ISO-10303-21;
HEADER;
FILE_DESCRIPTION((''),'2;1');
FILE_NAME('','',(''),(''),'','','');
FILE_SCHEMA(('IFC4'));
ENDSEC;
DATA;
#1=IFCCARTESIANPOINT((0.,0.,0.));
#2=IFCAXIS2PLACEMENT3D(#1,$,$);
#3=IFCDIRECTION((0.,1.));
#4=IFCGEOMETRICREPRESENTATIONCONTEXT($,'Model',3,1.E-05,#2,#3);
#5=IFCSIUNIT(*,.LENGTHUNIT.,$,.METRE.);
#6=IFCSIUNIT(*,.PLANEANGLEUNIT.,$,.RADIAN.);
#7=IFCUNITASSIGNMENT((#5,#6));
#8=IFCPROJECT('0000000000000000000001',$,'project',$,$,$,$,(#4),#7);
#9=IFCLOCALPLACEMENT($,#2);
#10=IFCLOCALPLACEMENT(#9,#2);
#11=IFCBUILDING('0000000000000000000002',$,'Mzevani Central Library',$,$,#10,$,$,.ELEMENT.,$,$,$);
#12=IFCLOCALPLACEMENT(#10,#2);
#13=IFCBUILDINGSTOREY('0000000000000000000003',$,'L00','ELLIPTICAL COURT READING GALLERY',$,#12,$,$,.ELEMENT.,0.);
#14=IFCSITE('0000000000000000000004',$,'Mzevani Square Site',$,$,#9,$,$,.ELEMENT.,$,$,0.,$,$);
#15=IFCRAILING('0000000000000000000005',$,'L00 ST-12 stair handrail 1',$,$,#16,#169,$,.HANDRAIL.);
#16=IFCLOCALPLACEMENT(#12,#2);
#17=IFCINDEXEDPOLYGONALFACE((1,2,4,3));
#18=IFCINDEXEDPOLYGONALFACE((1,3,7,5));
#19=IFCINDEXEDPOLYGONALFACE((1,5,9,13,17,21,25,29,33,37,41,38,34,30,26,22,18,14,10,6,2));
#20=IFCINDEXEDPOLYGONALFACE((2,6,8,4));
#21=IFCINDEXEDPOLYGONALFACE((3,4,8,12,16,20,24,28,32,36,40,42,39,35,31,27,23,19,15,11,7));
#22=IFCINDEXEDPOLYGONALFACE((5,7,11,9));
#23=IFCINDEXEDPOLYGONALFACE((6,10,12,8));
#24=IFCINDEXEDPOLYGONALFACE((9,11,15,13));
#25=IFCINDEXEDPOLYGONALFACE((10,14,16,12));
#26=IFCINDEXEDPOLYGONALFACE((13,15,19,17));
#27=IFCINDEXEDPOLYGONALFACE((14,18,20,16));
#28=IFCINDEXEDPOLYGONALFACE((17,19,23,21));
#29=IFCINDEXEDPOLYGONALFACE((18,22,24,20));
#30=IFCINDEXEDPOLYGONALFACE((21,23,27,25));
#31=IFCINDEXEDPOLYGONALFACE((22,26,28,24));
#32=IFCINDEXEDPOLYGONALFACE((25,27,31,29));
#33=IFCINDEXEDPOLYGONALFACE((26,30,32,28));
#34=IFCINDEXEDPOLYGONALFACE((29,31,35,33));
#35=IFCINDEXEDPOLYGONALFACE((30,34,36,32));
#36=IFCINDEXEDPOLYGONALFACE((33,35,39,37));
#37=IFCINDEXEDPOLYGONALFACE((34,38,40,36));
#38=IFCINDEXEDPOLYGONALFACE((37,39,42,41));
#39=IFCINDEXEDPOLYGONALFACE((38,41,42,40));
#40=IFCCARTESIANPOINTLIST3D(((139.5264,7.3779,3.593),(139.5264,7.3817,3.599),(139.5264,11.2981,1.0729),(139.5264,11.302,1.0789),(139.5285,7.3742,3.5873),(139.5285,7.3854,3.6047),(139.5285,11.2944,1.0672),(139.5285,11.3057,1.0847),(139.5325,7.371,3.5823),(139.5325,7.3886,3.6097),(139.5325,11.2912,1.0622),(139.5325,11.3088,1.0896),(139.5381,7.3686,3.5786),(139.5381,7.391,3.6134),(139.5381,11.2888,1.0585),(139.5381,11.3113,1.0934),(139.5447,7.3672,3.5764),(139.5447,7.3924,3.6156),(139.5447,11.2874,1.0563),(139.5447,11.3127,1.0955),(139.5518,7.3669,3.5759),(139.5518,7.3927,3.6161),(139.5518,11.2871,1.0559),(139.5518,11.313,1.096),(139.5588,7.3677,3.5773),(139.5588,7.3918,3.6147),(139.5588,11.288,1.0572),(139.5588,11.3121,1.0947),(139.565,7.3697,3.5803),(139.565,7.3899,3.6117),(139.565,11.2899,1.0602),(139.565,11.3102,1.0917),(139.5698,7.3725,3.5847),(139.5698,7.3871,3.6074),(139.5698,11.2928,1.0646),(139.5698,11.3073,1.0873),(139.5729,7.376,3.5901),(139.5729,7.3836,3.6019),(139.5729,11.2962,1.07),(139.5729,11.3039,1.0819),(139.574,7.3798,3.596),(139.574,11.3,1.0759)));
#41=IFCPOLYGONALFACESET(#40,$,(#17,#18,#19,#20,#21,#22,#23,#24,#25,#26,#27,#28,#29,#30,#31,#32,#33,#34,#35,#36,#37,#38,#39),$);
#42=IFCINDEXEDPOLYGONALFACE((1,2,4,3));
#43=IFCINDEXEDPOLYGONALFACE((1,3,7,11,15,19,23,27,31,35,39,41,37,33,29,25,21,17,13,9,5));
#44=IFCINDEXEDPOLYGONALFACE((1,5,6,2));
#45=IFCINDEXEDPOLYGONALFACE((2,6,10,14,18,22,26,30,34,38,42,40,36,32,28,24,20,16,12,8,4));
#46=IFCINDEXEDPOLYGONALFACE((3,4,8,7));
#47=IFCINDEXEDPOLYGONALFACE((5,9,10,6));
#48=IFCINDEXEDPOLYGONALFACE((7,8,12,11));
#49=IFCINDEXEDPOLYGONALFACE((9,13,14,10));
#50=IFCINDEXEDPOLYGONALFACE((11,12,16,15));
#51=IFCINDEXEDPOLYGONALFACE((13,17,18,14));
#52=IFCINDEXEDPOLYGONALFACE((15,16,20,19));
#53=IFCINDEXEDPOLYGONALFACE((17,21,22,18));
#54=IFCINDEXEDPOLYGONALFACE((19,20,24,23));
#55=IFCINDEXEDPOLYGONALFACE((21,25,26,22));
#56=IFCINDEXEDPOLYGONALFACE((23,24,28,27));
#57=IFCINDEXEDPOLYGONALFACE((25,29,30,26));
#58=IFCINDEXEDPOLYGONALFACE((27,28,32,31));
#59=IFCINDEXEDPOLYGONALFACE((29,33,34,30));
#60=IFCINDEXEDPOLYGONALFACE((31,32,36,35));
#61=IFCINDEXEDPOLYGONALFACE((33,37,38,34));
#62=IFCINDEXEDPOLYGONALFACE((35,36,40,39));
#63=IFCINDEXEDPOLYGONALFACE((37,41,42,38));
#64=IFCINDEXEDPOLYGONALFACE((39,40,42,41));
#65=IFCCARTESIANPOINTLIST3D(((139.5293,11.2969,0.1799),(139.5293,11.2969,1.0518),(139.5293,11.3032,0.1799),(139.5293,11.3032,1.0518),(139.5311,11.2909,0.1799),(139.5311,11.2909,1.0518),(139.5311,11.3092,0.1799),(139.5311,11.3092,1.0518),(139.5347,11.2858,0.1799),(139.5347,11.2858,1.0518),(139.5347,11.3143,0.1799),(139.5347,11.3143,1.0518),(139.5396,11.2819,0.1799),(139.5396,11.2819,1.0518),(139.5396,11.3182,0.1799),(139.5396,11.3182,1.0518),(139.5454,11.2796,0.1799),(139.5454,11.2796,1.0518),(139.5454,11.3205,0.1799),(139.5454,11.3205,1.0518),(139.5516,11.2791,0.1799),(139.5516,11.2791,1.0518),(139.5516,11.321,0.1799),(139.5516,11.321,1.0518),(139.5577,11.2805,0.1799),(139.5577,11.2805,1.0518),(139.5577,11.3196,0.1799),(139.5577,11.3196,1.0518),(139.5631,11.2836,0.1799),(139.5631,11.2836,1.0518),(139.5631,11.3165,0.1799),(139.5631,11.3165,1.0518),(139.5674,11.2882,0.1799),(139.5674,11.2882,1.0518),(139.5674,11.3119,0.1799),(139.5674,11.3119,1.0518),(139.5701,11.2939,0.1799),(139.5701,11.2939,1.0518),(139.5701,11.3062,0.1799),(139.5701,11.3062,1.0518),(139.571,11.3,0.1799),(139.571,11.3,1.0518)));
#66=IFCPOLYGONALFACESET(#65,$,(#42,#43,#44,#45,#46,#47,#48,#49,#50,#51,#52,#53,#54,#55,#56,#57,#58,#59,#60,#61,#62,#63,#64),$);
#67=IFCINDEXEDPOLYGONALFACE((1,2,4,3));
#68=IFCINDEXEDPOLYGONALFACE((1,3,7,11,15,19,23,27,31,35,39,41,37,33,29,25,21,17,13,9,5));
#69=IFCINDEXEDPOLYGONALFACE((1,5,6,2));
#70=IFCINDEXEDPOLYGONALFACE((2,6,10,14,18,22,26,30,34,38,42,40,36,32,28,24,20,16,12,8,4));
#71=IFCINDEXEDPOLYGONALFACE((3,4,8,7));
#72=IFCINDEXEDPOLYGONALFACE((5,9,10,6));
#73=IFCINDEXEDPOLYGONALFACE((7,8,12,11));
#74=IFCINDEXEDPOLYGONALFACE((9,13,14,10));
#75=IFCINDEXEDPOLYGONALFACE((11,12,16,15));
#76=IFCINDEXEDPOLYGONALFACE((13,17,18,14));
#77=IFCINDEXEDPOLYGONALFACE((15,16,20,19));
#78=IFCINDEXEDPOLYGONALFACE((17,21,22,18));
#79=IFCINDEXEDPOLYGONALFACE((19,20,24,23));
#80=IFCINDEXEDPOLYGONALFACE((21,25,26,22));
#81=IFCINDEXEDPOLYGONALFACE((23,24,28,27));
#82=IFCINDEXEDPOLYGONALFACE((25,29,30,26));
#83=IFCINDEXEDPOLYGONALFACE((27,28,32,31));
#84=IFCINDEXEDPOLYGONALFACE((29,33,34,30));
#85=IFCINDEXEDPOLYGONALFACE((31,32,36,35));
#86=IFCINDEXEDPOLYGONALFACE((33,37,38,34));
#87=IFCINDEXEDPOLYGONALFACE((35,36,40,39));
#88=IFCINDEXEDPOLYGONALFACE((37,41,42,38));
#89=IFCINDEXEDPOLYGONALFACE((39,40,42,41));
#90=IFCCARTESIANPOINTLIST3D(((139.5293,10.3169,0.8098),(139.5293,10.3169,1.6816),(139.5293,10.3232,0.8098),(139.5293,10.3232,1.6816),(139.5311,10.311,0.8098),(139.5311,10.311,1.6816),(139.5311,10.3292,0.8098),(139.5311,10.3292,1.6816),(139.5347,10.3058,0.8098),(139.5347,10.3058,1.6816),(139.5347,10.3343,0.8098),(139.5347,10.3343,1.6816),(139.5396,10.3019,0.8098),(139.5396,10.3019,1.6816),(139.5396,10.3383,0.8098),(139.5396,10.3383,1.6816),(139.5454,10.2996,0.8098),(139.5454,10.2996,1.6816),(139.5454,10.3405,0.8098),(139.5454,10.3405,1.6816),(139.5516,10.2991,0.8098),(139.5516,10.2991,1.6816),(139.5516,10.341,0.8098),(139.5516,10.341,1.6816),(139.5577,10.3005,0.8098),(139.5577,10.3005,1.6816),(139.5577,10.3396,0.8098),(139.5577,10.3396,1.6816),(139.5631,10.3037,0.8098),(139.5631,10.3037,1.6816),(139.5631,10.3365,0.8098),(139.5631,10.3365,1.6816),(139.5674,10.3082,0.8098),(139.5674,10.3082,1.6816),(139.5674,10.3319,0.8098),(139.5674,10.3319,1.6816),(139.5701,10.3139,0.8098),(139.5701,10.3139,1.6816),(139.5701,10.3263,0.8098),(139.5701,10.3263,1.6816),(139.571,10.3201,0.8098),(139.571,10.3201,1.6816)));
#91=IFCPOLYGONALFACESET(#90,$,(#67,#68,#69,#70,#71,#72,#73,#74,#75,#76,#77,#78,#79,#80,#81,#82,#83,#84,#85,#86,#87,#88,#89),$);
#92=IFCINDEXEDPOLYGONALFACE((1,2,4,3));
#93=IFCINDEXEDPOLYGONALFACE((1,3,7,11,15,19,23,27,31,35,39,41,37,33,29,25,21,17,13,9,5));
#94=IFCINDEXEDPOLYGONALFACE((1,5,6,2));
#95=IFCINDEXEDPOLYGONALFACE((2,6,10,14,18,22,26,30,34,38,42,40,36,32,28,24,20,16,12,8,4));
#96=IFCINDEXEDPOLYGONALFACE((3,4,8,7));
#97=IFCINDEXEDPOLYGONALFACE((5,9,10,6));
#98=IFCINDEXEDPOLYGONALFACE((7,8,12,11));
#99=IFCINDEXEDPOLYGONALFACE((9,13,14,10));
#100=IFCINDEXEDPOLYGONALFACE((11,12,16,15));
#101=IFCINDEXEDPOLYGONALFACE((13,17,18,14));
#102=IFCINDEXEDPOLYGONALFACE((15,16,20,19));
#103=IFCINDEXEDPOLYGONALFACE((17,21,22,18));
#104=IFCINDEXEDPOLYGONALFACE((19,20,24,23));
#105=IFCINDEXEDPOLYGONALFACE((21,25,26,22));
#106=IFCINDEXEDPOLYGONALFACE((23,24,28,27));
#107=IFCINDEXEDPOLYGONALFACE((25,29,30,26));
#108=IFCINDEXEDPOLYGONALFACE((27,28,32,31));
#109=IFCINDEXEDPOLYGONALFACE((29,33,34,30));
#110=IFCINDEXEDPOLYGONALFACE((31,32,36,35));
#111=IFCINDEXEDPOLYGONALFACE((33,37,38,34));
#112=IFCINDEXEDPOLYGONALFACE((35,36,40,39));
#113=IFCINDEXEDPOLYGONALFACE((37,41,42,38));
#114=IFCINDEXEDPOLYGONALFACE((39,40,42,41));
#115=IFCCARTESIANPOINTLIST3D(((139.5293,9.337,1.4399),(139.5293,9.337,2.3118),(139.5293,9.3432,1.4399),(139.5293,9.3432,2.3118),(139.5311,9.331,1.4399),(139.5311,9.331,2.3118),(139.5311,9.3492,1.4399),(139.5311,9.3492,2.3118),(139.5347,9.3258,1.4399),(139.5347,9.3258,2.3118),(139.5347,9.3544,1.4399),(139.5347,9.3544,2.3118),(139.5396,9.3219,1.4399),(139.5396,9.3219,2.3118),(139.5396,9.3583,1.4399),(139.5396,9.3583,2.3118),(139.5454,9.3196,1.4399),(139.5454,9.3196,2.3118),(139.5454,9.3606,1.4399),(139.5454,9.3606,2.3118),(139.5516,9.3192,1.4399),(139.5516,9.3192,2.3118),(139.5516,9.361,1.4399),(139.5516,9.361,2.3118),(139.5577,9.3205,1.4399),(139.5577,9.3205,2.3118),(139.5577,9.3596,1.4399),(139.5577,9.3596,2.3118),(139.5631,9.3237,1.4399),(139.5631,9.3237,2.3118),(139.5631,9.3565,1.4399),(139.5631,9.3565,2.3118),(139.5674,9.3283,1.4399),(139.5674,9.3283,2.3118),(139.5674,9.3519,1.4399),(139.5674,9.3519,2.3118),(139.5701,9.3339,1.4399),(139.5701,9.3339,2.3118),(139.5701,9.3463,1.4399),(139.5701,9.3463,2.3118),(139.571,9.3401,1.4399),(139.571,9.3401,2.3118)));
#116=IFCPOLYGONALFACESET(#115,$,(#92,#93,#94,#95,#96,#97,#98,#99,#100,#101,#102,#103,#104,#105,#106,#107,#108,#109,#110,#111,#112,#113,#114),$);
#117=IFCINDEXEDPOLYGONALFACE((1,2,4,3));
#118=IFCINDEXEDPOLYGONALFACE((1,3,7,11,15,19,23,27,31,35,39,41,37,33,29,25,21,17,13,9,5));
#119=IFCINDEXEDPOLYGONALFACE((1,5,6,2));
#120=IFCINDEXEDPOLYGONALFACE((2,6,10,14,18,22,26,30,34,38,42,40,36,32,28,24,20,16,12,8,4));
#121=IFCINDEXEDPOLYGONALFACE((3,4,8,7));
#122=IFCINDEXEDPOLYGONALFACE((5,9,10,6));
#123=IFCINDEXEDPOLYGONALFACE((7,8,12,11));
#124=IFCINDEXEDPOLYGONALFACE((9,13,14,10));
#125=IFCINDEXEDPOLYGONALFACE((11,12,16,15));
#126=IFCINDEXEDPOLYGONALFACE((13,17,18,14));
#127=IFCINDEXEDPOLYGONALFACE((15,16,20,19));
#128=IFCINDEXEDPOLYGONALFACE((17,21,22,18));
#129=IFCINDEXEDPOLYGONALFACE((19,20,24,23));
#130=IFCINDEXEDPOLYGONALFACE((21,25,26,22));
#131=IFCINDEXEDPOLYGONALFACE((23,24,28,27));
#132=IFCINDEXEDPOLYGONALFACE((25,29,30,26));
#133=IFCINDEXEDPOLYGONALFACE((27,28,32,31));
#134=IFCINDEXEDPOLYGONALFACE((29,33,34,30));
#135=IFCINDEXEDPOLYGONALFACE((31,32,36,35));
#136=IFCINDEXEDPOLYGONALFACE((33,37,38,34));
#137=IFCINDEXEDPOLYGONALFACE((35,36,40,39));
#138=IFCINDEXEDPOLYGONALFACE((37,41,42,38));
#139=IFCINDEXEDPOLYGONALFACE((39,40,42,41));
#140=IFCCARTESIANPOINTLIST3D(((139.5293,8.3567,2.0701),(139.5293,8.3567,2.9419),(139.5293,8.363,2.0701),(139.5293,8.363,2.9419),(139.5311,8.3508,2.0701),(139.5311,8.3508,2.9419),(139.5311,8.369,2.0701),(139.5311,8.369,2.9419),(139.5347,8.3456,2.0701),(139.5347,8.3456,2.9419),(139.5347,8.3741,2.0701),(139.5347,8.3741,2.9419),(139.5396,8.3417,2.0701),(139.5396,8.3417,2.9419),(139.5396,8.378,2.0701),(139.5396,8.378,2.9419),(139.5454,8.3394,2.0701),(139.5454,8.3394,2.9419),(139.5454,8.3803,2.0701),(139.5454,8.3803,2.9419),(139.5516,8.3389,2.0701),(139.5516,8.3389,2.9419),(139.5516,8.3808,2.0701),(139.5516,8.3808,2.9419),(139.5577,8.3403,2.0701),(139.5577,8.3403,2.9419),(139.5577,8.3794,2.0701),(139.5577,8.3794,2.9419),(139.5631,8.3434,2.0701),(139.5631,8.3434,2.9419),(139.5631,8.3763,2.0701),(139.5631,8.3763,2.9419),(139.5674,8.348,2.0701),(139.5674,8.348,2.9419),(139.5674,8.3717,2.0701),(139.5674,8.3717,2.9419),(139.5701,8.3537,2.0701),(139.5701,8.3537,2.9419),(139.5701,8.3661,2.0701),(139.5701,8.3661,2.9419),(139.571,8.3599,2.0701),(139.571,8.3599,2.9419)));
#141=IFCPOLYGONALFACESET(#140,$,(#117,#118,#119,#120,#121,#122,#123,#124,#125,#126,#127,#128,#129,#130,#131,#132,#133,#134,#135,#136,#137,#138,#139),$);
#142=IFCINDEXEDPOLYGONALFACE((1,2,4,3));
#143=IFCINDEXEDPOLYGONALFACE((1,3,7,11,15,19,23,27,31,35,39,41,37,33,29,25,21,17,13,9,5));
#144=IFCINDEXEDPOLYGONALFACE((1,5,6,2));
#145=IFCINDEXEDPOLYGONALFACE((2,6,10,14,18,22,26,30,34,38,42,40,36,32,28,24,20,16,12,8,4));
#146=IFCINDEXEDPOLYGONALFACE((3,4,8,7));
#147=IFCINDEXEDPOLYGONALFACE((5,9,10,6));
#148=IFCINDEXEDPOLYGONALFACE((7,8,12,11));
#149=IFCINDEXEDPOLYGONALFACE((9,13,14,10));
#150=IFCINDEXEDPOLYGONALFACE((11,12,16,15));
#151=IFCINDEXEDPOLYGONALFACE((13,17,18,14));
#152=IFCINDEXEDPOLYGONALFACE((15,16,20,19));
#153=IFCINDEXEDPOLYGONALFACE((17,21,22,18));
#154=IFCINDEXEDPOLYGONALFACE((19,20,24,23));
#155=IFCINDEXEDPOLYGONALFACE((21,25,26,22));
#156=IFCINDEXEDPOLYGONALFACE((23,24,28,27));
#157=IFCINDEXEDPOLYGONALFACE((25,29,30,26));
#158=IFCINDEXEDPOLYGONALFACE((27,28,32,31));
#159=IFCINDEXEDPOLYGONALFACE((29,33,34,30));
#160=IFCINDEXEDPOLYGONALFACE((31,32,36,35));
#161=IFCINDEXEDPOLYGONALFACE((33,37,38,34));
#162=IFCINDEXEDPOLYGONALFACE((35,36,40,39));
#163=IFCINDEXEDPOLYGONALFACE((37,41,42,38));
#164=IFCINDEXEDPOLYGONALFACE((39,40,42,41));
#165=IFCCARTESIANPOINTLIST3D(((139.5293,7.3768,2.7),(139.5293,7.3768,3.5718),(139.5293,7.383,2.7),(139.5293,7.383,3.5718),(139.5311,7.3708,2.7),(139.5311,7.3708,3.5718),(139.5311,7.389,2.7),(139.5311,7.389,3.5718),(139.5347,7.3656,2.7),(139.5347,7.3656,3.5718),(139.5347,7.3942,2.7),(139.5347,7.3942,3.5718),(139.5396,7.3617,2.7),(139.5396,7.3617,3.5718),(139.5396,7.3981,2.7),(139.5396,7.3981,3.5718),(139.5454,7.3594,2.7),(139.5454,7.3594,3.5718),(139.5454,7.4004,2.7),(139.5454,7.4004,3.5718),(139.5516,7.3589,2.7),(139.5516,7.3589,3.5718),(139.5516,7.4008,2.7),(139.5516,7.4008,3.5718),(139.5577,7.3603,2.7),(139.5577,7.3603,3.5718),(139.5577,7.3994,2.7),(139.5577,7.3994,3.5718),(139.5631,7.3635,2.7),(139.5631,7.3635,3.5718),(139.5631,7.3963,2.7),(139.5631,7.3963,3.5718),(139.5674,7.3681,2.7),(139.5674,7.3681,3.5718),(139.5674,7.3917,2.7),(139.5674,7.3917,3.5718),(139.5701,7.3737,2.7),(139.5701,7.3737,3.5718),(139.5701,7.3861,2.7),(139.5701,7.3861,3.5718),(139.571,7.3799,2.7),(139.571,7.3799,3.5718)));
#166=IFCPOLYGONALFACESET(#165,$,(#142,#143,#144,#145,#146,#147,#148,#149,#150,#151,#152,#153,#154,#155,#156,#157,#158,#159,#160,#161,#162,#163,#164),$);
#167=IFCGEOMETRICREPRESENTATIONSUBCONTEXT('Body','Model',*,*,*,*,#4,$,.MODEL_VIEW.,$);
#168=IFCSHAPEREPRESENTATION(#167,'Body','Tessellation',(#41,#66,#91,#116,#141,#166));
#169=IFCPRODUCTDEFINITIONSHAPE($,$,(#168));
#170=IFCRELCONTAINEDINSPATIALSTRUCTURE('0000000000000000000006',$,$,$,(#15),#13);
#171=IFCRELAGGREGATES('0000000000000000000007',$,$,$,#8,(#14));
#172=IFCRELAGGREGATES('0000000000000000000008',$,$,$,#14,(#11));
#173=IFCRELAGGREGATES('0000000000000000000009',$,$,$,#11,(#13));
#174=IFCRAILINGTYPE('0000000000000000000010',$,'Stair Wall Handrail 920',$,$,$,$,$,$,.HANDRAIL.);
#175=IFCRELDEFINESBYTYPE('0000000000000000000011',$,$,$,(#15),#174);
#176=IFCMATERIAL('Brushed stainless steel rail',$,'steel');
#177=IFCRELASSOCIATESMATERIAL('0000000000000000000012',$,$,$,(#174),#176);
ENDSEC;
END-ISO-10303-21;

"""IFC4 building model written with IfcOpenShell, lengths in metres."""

from ifc_helpers import new_model, si_unit, direction, frame, origin, origin_2d, place, context, subcontext, project, spatial, circle, extrude, material, type_object, element, save


model = new_model("IFC4")

# Units and contexts
model_context = context("Model", 3, precision=1e-05, world=origin(), true_north=direction((0.0, 1.0)))
body_context = subcontext(model_context, "Body", "Model", "MODEL_VIEW")
ifc_project = project(units=[si_unit("LENGTHUNIT", "METRE"), si_unit("PLANEANGLEUNIT", "RADIAN")], contexts=[model_context])

# Site, building, storey
site_placement = place(None, origin())
site = spatial("IfcSite", under=ifc_project, at=site_placement, Name="Mzevani Square Site", CompositionType="ELEMENT", RefElevation=0.0)
building_placement = place(site_placement, origin())
building = spatial("IfcBuilding", under=site, at=building_placement, Name="Mzevani Central Library", CompositionType="ELEMENT")
storey_placement = place(building_placement, origin())
storey = spatial("IfcBuildingStorey", under=building, at=storey_placement, Name="L00", Description="ELLIPTICAL COURT READING GALLERY", CompositionType="ELEMENT", Elevation=0.0)

# Shared definitions
ifc_material_1 = material(Name="Brushed stainless steel rail", Category="steel")

# Railing
railing_type_1 = type_object("IfcRailingType", Name="Stair Wall Handrail 920", PredefinedType="HANDRAIL", material=ifc_material_1)
railing_1_placement = place(storey_placement, frame((139.55, 11.3, 0.1799)))
element("IfcRailing", 1, at=railing_1_placement, inside=storey, type_object=railing_type_1, Name="L00 ST-12 stair handrail 1", PredefinedType="HANDRAIL", context=body_context, shape_type="SweptSolid", body=[
    extrude(circle(Radius=0.0239, at=origin_2d()), frame((0.0, 0.0, 0.896), z_axis=(0.0, -0.841187, 0.540744), x_axis=(1.0, 0.0, 0.0)), (0.0, 0.0, 1.0), 4.6604),
    extrude(circle(Radius=0.021, at=origin_2d()), origin(), (0.0, 0.0, 1.0), 0.8718),
    extrude(circle(Radius=0.021, at=origin_2d()), frame((0.0, -0.98, 0.6299)), (0.0, 0.0, 1.0), 0.8718),
    extrude(circle(Radius=0.021, at=origin_2d()), frame((0.0, -1.96, 1.26)), (0.0, 0.0, 1.0), 0.8718),
    extrude(circle(Radius=0.021, at=origin_2d()), frame((0.0, -2.9402, 1.8901)), (0.0, 0.0, 1.0), 0.8718),
    extrude(circle(Radius=0.021, at=origin_2d()), frame((0.0, -3.9202, 2.52)), (0.0, 0.0, 1.0), 0.8718),
])

save(model, "model.ifc")
